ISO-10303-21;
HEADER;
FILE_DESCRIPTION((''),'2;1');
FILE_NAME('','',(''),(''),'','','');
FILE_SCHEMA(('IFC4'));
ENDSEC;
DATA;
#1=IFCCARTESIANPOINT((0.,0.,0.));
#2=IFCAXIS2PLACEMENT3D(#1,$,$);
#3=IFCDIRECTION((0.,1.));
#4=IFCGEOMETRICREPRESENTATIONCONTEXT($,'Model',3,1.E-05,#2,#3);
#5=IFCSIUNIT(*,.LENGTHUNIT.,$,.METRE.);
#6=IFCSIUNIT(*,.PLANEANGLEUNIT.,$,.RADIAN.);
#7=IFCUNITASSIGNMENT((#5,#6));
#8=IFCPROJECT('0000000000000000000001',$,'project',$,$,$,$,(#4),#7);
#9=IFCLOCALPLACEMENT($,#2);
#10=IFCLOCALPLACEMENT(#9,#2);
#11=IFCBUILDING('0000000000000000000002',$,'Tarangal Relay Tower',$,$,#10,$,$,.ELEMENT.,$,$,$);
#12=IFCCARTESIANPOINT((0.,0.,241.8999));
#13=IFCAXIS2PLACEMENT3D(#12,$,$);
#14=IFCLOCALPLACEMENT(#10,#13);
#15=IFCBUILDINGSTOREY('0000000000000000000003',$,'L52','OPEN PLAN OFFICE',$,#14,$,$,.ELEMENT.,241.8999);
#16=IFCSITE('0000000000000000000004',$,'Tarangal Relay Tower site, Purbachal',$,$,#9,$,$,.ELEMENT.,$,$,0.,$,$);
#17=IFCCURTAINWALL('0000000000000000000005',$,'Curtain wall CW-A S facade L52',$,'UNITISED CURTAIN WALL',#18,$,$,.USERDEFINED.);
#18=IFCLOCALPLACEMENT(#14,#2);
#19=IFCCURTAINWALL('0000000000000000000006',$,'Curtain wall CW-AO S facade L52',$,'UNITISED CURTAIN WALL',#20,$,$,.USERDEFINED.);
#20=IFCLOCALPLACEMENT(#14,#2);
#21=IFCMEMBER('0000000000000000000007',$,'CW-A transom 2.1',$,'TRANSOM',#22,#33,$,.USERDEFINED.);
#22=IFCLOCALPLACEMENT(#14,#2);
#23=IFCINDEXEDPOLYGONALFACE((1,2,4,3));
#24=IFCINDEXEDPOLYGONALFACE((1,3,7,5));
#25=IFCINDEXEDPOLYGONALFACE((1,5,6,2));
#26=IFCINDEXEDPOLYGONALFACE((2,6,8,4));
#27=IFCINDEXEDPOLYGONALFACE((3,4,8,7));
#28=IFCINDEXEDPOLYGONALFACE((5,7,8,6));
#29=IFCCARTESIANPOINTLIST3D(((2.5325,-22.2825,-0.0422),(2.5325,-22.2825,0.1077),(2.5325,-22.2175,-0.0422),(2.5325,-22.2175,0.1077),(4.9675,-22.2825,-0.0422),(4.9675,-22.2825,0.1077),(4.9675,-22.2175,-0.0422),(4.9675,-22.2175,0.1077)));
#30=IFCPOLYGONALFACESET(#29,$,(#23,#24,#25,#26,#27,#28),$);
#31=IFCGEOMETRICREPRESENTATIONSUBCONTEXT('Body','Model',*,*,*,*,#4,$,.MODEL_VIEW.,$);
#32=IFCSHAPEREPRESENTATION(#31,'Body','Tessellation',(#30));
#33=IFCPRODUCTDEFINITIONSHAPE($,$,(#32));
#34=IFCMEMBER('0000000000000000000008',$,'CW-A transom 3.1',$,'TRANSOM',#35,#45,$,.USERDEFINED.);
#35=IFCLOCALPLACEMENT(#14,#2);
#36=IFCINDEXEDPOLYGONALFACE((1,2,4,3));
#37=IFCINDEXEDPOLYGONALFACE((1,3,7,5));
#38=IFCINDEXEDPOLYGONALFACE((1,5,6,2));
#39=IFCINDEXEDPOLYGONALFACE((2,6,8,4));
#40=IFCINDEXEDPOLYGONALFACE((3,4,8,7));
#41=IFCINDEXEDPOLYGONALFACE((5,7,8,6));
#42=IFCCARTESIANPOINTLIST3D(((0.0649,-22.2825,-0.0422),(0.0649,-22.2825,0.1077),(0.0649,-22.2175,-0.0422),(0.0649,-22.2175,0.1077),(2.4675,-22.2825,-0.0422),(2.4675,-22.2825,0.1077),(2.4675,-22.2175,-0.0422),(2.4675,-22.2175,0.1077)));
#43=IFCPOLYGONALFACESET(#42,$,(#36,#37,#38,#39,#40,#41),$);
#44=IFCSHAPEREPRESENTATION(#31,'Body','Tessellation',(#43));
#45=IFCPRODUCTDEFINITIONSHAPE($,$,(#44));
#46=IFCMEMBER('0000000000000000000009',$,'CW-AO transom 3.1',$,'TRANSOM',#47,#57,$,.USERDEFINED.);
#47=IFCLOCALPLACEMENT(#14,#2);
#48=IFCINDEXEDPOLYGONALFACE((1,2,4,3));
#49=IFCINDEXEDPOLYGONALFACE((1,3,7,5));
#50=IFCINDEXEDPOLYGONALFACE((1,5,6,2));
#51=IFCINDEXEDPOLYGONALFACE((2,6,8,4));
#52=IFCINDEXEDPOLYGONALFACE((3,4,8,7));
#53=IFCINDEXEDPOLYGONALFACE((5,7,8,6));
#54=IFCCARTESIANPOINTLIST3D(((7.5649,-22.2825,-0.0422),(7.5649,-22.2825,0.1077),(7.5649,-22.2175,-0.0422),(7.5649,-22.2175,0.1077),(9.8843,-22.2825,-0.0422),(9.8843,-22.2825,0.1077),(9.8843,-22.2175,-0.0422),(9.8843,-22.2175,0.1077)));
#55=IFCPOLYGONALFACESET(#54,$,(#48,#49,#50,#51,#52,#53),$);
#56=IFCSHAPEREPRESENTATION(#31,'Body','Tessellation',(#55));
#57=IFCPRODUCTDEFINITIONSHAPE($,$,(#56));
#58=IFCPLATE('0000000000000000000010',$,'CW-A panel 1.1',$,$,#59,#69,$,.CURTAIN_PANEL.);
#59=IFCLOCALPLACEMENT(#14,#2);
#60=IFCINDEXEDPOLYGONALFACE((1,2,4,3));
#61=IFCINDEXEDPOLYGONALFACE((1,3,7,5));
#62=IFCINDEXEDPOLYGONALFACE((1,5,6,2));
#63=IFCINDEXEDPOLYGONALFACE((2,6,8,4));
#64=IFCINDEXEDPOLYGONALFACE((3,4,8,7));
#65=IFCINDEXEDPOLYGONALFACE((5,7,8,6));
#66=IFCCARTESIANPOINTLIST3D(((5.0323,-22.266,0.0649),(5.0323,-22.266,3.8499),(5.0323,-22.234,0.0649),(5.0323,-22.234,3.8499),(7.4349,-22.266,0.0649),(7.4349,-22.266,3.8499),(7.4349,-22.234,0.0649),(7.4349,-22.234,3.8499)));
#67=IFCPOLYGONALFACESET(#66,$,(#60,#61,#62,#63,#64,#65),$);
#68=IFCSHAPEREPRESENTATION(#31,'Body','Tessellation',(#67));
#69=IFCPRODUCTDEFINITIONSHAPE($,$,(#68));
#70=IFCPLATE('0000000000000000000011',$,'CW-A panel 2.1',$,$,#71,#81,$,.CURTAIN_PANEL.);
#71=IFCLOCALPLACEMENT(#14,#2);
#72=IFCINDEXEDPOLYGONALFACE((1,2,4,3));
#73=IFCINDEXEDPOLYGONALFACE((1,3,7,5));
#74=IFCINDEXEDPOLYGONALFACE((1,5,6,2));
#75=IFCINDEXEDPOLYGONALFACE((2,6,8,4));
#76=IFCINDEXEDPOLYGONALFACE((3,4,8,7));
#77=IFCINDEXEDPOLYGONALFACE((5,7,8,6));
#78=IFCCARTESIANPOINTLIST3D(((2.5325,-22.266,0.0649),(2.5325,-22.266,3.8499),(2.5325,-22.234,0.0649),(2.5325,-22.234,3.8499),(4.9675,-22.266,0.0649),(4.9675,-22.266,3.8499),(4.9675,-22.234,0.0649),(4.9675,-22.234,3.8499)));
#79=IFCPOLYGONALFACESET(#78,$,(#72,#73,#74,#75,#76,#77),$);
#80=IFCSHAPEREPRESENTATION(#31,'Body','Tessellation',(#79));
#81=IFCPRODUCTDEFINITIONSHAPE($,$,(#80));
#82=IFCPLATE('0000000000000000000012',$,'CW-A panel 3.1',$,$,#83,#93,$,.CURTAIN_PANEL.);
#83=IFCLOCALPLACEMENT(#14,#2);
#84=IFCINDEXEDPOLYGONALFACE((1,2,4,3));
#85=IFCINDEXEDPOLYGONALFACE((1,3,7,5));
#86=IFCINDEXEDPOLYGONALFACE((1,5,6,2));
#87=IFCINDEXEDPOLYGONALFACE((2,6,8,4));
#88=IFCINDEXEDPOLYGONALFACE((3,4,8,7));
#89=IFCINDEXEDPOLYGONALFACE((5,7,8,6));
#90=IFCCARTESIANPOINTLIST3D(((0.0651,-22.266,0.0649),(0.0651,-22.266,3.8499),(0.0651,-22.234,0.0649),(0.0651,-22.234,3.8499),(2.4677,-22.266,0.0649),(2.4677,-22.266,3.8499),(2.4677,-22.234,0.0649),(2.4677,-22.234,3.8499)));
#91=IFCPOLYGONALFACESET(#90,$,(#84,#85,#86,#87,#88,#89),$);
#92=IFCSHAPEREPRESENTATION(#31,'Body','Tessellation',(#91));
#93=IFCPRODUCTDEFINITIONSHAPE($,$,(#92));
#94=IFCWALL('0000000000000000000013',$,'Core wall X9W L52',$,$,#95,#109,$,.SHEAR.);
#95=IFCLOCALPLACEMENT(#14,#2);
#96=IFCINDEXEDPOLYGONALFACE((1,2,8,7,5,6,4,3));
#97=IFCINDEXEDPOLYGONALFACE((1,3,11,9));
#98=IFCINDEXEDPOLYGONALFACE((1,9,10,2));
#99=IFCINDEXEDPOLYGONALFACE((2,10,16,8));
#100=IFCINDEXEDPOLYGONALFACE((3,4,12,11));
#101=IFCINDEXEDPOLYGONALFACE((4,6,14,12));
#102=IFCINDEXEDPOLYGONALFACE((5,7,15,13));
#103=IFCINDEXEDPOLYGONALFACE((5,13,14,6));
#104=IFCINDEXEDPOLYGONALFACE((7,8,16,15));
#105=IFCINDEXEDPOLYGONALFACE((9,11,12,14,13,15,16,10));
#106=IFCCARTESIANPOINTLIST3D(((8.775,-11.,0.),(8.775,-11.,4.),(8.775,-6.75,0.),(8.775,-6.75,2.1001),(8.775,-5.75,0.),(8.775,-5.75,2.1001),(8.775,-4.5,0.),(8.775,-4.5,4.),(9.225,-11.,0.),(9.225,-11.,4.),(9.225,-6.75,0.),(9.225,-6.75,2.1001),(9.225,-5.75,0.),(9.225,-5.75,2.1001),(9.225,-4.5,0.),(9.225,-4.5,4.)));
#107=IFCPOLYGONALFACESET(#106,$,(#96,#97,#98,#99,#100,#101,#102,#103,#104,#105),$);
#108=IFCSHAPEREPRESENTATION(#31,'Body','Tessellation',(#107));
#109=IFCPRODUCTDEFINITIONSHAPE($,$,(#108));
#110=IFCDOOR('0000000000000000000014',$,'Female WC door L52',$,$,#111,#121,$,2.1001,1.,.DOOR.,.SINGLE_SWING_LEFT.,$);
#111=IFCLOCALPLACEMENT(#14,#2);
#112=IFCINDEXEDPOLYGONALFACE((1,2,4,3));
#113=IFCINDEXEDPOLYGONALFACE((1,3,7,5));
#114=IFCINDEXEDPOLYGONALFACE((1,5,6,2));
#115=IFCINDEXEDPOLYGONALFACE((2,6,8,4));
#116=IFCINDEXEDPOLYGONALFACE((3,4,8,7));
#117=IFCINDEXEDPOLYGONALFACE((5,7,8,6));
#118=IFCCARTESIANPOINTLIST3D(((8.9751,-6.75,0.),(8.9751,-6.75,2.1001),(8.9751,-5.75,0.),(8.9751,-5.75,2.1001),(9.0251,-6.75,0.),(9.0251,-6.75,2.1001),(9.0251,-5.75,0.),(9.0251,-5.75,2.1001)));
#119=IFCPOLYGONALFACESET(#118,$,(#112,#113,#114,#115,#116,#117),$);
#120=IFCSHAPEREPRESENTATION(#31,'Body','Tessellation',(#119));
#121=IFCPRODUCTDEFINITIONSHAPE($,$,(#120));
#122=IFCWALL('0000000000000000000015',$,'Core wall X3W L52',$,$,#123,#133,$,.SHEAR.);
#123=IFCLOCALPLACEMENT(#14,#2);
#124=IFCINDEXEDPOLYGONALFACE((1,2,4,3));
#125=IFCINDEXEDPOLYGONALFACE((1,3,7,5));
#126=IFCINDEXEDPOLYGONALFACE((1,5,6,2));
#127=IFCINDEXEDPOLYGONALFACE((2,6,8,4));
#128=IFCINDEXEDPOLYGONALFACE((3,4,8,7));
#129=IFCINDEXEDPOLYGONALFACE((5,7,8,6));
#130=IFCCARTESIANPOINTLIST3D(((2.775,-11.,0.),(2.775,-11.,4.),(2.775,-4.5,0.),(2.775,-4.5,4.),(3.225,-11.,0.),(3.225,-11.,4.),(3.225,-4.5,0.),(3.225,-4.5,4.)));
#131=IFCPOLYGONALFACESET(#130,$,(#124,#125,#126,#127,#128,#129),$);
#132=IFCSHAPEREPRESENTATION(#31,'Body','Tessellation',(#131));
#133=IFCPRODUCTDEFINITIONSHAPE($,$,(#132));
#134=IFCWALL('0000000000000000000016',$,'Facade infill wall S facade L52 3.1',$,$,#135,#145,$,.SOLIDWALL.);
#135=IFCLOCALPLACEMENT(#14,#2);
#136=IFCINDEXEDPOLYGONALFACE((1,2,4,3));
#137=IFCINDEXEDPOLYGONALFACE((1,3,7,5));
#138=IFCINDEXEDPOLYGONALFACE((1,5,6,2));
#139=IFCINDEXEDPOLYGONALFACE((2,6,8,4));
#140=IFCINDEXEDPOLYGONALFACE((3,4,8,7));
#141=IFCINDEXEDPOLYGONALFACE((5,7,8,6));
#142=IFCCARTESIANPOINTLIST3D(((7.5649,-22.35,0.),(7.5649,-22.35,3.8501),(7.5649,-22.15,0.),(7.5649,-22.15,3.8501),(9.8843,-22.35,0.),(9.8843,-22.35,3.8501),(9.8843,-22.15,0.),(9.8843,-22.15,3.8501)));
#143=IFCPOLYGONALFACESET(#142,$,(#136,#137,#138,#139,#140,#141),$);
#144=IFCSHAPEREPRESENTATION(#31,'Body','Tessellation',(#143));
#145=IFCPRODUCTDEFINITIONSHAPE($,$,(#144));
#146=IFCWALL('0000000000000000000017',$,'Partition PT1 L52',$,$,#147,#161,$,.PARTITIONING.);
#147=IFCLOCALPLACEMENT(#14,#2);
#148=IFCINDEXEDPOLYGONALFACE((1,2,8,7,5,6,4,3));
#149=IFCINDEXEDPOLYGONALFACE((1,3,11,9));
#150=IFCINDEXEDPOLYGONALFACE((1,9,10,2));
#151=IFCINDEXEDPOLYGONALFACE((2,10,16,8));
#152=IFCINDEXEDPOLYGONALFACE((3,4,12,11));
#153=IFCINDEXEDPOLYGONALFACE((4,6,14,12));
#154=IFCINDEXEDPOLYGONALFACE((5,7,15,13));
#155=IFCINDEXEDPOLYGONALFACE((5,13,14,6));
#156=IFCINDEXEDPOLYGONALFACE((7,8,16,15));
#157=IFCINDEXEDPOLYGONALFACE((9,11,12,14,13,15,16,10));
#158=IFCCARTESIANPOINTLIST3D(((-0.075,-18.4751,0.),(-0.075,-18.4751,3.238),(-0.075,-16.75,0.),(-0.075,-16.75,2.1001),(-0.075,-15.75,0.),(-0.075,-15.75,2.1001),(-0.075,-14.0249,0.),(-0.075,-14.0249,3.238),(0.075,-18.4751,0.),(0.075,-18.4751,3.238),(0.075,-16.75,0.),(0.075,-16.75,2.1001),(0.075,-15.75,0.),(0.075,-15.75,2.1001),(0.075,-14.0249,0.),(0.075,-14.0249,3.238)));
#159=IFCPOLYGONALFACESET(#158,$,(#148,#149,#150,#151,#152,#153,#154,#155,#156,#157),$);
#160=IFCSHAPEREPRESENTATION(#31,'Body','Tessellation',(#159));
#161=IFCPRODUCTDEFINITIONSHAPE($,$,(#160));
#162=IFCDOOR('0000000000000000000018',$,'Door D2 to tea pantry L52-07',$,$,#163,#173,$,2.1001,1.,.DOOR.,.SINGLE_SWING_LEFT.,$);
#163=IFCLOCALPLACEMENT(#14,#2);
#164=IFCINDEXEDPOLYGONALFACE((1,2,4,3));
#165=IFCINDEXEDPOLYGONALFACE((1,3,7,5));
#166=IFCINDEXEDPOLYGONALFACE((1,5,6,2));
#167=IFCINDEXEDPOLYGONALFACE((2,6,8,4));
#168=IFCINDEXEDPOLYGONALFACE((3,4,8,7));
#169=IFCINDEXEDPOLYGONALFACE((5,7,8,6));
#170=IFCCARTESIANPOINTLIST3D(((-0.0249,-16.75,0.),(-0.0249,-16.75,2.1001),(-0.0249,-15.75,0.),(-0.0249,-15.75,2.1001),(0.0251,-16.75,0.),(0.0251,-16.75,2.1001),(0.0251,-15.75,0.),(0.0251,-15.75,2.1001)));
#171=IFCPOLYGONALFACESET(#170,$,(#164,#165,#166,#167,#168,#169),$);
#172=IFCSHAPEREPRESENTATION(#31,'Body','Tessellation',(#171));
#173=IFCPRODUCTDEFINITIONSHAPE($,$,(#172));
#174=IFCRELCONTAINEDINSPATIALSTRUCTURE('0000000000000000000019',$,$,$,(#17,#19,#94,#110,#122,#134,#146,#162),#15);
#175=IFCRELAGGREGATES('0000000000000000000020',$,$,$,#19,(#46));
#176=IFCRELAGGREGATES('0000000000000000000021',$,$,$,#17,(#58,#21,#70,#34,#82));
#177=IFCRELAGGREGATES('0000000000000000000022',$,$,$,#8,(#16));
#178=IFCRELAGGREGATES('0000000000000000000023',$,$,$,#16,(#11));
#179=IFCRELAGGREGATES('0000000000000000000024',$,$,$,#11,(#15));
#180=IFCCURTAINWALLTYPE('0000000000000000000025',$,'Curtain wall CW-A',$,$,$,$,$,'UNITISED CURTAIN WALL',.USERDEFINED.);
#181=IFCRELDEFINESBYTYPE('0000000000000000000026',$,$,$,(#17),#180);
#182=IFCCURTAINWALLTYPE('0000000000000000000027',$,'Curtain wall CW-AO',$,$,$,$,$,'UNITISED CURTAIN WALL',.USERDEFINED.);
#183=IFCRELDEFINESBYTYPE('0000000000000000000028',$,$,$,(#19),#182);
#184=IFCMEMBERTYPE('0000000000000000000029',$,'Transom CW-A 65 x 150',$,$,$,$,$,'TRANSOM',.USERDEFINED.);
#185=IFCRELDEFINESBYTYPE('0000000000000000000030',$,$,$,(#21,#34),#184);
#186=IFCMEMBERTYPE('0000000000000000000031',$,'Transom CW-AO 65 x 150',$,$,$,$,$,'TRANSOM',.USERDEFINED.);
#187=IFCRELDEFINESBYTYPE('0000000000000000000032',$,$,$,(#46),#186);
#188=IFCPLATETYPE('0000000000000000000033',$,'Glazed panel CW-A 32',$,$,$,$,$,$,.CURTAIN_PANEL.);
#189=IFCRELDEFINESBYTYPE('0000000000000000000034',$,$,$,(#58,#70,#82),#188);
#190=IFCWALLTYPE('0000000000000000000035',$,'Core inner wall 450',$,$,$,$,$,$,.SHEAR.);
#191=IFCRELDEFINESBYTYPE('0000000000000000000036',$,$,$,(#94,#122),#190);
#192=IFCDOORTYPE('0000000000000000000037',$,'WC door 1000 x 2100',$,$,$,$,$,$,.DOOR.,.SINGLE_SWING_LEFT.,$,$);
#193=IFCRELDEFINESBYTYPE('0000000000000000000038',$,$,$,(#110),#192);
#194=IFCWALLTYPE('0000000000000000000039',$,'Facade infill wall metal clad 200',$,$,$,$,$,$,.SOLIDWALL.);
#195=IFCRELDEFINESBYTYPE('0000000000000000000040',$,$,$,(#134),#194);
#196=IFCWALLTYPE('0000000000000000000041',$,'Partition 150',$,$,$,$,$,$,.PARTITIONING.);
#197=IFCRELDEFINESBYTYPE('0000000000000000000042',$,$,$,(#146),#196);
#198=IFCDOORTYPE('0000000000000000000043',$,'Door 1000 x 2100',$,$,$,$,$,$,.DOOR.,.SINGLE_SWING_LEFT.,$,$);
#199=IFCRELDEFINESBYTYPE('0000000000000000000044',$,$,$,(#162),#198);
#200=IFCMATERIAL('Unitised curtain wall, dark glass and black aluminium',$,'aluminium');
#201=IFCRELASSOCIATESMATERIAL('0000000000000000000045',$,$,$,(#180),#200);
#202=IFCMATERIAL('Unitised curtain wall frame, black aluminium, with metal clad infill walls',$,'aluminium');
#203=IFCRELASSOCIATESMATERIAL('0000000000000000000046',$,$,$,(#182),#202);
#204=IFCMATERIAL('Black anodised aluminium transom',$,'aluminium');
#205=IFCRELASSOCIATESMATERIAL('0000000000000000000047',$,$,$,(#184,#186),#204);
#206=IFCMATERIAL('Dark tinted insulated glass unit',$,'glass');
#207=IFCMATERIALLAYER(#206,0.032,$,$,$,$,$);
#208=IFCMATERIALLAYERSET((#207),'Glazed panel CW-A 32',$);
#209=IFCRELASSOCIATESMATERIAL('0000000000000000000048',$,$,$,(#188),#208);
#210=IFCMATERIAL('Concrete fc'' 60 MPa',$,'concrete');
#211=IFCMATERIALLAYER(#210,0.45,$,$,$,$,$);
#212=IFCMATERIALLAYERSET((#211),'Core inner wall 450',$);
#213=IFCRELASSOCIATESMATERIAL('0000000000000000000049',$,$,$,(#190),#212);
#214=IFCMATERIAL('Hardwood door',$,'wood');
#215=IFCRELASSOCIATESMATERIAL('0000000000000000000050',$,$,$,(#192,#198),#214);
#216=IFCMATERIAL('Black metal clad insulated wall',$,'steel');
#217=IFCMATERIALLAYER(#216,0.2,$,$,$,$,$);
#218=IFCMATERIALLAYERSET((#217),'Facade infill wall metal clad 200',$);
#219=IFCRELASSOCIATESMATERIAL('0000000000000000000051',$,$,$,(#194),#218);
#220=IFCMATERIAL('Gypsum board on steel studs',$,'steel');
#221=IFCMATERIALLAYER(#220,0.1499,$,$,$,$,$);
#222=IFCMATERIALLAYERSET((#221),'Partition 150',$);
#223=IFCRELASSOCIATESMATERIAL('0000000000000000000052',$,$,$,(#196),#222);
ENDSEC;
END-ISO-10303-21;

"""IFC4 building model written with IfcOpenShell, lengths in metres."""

from ifc_helpers import new_model, si_unit, direction, frame, frame_2d, origin, origin_2d, place, context, subcontext, project, spatial, rectangle, extrude, material, layer, layer_set, material_profile, profile_set, type_object, element, fill, aggregate, save


model = new_model("IFC4")

# Units and contexts
model_context = context("Model", 3, precision=1e-05, world=origin(), true_north=direction((0.0, 1.0)))
body_context = subcontext(model_context, "Body", "Model", "MODEL_VIEW")
ifc_project = project(units=[si_unit("LENGTHUNIT", "METRE"), si_unit("PLANEANGLEUNIT", "RADIAN")], contexts=[model_context])

# Site, building, storey
site_placement = place(None, origin())
site = spatial("IfcSite", under=ifc_project, at=site_placement, Name="Tarangal Relay Tower site, Purbachal", CompositionType="ELEMENT", RefElevation=0.0)
building_placement = place(site_placement, origin())
building = spatial("IfcBuilding", under=site, at=building_placement, Name="Tarangal Relay Tower", CompositionType="ELEMENT")
storey_placement = place(building_placement, frame((0.0, 0.0, 241.8999)))
storey = spatial("IfcBuildingStorey", under=building, at=storey_placement, Name="L52", Description="OPEN PLAN OFFICE", CompositionType="ELEMENT", Elevation=241.8999)

# Curtain walls
ifc_material_1 = material(Name="Unitised curtain wall, dark glass and black aluminium", Category="aluminium")
curtain_wall_type_1 = type_object("IfcCurtainWallType", Name="Curtain wall CW-A", ElementType="UNITISED CURTAIN WALL", PredefinedType="USERDEFINED", material=ifc_material_1)
curtain_wall_1_placement = place(storey_placement, origin())
curtain_wall_1 = element("IfcCurtainWall", 1, at=curtain_wall_1_placement, inside=storey, type_object=curtain_wall_type_1, Name="Curtain wall CW-A S facade L52", ObjectType="UNITISED CURTAIN WALL", PredefinedType="USERDEFINED")
ifc_material_2 = material(Name="Unitised curtain wall frame, black aluminium, with metal clad infill walls", Category="aluminium")
curtain_wall_type_2 = type_object("IfcCurtainWallType", Name="Curtain wall CW-AO", ElementType="UNITISED CURTAIN WALL", PredefinedType="USERDEFINED", material=ifc_material_2)
curtain_wall_2_placement = place(storey_placement, origin())
curtain_wall_2 = element("IfcCurtainWall", 2, at=curtain_wall_2_placement, inside=storey, type_object=curtain_wall_type_2, Name="Curtain wall CW-AO S facade L52", ObjectType="UNITISED CURTAIN WALL", PredefinedType="USERDEFINED")

# Members
ifc_material_3 = material(Name="Black anodised aluminium transom", Category="aluminium")
ifc_material_profile_1 = material_profile(ifc_material_3, rectangle(XDim=0.0649, YDim=0.1499, at=origin_2d()), Name="CW-AT 65X150")
ifc_profile_set_1 = profile_set([ifc_material_profile_1], Name="Black anodised aluminium transom")
member_type_1 = type_object("IfcMemberType", Name="Transom CW-A 65 x 150", ElementType="TRANSOM", PredefinedType="USERDEFINED", material=ifc_profile_set_1)
member_1_placement = place(storey_placement, frame((4.9675, -22.25, 0.0327), z_axis=(-1.0, 0.0, 0.0), x_axis=(0.0, -1.0, 0.0)))
member_1 = element("IfcMember", 3, at=member_1_placement, type_object=member_type_1, Name="CW-A transom 2.1", ObjectType="TRANSOM", PredefinedType="USERDEFINED", context=body_context, shape_type="SweptSolid", body=[
    extrude(rectangle(XDim=0.0649, YDim=0.1499, at=origin_2d()), origin(), (0.0, 0.0, 1.0), 2.4351),
])
member_2_placement = place(storey_placement, frame((2.4675, -22.25, 0.0327), z_axis=(-1.0, 0.0, 0.0), x_axis=(0.0, -1.0, 0.0)))
member_2 = element("IfcMember", 4, at=member_2_placement, type_object=member_type_1, Name="CW-A transom 3.1", ObjectType="TRANSOM", PredefinedType="USERDEFINED", context=body_context, shape_type="SweptSolid", body=[
    extrude(rectangle(XDim=0.0649, YDim=0.1499, at=origin_2d()), origin(), (0.0, 0.0, 1.0), 2.4026),
])
ifc_material_profile_2 = material_profile(ifc_material_3, rectangle(XDim=0.0649, YDim=0.1499, at=origin_2d()), Name="CW-AOT 65X150")
ifc_profile_set_2 = profile_set([ifc_material_profile_2], Name="Black anodised aluminium transom")
member_type_2 = type_object("IfcMemberType", Name="Transom CW-AO 65 x 150", ElementType="TRANSOM", PredefinedType="USERDEFINED", material=ifc_profile_set_2)
member_3_placement = place(storey_placement, frame((9.8843, -22.25, 0.0327), z_axis=(-1.0, 0.0, 0.0), x_axis=(0.0, -1.0, 0.0)))
member_3 = element("IfcMember", 5, at=member_3_placement, type_object=member_type_2, Name="CW-AO transom 3.1", ObjectType="TRANSOM", PredefinedType="USERDEFINED", context=body_context, shape_type="SweptSolid", body=[
    extrude(rectangle(XDim=0.0649, YDim=0.1499, at=origin_2d()), origin(), (0.0, 0.0, 1.0), 2.3193),
])
aggregate(curtain_wall_2, [member_3])

# Plates
ifc_material_4 = material(Name="Dark tinted insulated glass unit", Category="glass")
ifc_layer_1 = layer(ifc_material_4, 0.032)
ifc_layer_set_1 = layer_set([ifc_layer_1], Name="Glazed panel CW-A 32")
plate_type = type_object("IfcPlateType", Name="Glazed panel CW-A 32", PredefinedType="CURTAIN_PANEL", material=ifc_layer_set_1)
plate_1_placement = place(storey_placement, frame((6.2336, -22.25, 0.0649), z_axis=(0.0, 0.0, 1.0), x_axis=(-1.0, 0.0, 0.0)))
plate_1 = element("IfcPlate", 6, at=plate_1_placement, type_object=plate_type, Name="CW-A panel 1.1", PredefinedType="CURTAIN_PANEL", context=body_context, shape_type="SweptSolid", body=[
    extrude(rectangle(XDim=2.4026, YDim=0.032, at=origin_2d()), origin(), (0.0, 0.0, 1.0), 3.7849),
])
plate_2_placement = place(storey_placement, frame((3.75, -22.25, 0.0649), z_axis=(0.0, 0.0, 1.0), x_axis=(-1.0, 0.0, 0.0)))
plate_2 = element("IfcPlate", 7, at=plate_2_placement, type_object=plate_type, Name="CW-A panel 2.1", PredefinedType="CURTAIN_PANEL", context=body_context, shape_type="SweptSolid", body=[
    extrude(rectangle(XDim=2.4351, YDim=0.032, at=origin_2d()), origin(), (0.0, 0.0, 1.0), 3.7849),
])
plate_3_placement = place(storey_placement, frame((1.2664, -22.25, 0.0649), z_axis=(0.0, 0.0, 1.0), x_axis=(-1.0, 0.0, 0.0)))
plate_3 = element("IfcPlate", 8, at=plate_3_placement, type_object=plate_type, Name="CW-A panel 3.1", PredefinedType="CURTAIN_PANEL", context=body_context, shape_type="SweptSolid", body=[
    extrude(rectangle(XDim=2.4026, YDim=0.032, at=origin_2d()), origin(), (0.0, 0.0, 1.0), 3.7849),
])
aggregate(curtain_wall_1, [plate_1, member_1, plate_2, member_2, plate_3])

# Wall, opening, door
ifc_material_5 = material(Name="Concrete fc' 60 MPa", Category="concrete")
ifc_layer_2 = layer(ifc_material_5, 0.45)
ifc_layer_set_2 = layer_set([ifc_layer_2], Name="Core inner wall 450")
wall_type_1 = type_object("IfcWallType", Name="Core inner wall 450", PredefinedType="SHEAR", material=ifc_layer_set_2)
wall_1_placement = place(storey_placement, frame((9.0, -11.0, 0.0), z_axis=(0.0, 0.0, 1.0), x_axis=(0.0, 1.0, 0.0)))
wall_1 = element("IfcWall", 9, at=wall_1_placement, inside=storey, type_object=wall_type_1, Name="Core wall X9W L52", PredefinedType="SHEAR", context=body_context, shape_type="SweptSolid", body=[
    extrude(rectangle(XDim=6.5, YDim=0.45, at=frame_2d((3.25, 0.0))), origin(), (0.0, 0.0, 1.0), 4.0),
])
opening_1_placement = place(wall_1_placement, frame((4.25, 0.0, 0.0)))
opening_1 = element("IfcOpeningElement", 10, at=opening_1_placement, cuts=wall_1, PredefinedType="OPENING", context=body_context, shape_type="SweptSolid", body=[
    extrude(rectangle(XDim=1.0, YDim=2.1001, at=frame_2d((0.5, 1.05))), frame((0.0, 0.2349, 0.0), z_axis=(0.0, -1.0, 0.0), x_axis=(1.0, 0.0, 0.0)), (0.0, 0.0, 1.0), 0.47),
])
ifc_material_6 = material(Name="Hardwood door", Category="wood")
door_type_1 = type_object("IfcDoorType", Name="WC door 1000 x 2100", OperationType="SINGLE_SWING_LEFT", PredefinedType="DOOR", material=ifc_material_6)
door_1_placement = place(opening_1_placement, origin())
door_1 = element("IfcDoor", 11, at=door_1_placement, inside=storey, type_object=door_type_1, Name="Female WC door L52", OperationType="SINGLE_SWING_LEFT", OverallHeight=2.1001, OverallWidth=1.0, PredefinedType="DOOR", context=body_context, shape_type="SweptSolid", body=[
    extrude(rectangle(XDim=1.0, YDim=2.1001, at=frame_2d((0.5, 1.05))), frame((0.0, 0.0249, 0.0), z_axis=(0.0, -1.0, 0.0), x_axis=(1.0, 0.0, 0.0)), (0.0, 0.0, 1.0), 0.05),
])
fill(opening_1, door_1)

# Walls
wall_2_placement = place(storey_placement, frame((3.0, -11.0, 0.0), z_axis=(0.0, 0.0, 1.0), x_axis=(0.0, 1.0, 0.0)))
element("IfcWall", 12, at=wall_2_placement, inside=storey, type_object=wall_type_1, Name="Core wall X3W L52", PredefinedType="SHEAR", context=body_context, shape_type="SweptSolid", body=[
    extrude(rectangle(XDim=6.5, YDim=0.45, at=frame_2d((3.25, 0.0))), origin(), (0.0, 0.0, 1.0), 4.0),
])
ifc_material_7 = material(Name="Black metal clad insulated wall", Category="steel")
ifc_layer_3 = layer(ifc_material_7, 0.2)
ifc_layer_set_3 = layer_set([ifc_layer_3], Name="Facade infill wall metal clad 200")
wall_type_2 = type_object("IfcWallType", Name="Facade infill wall metal clad 200", PredefinedType="SOLIDWALL", material=ifc_layer_set_3)
wall_3_placement = place(storey_placement, frame((9.8843, -22.25, 0.0), z_axis=(0.0, 0.0, 1.0), x_axis=(-1.0, 0.0, 0.0)))
element("IfcWall", 13, at=wall_3_placement, inside=storey, type_object=wall_type_2, Name="Facade infill wall S facade L52 3.1", PredefinedType="SOLIDWALL", context=body_context, shape_type="SweptSolid", body=[
    extrude(rectangle(XDim=2.3193, YDim=0.2, at=frame_2d((1.1597, 0.0))), origin(), (0.0, 0.0, 1.0), 3.8501),
])

# Wall, opening, door
ifc_material_8 = material(Name="Gypsum board on steel studs", Category="steel")
ifc_layer_4 = layer(ifc_material_8, 0.1499)
ifc_layer_set_4 = layer_set([ifc_layer_4], Name="Partition 150")
wall_type_3 = type_object("IfcWallType", Name="Partition 150", PredefinedType="PARTITIONING", material=ifc_layer_set_4)
wall_4_placement = place(storey_placement, frame((0.0, -18.4751, 0.0), z_axis=(0.0, 0.0, 1.0), x_axis=(0.0, 1.0, 0.0)))
wall_4 = element("IfcWall", 14, at=wall_4_placement, inside=storey, type_object=wall_type_3, Name="Partition PT1 L52", PredefinedType="PARTITIONING", context=body_context, shape_type="SweptSolid", body=[
    extrude(rectangle(XDim=4.4502, YDim=0.1499, at=frame_2d((2.2251, 0.0))), origin(), (0.0, 0.0, 1.0), 3.238),
])
opening_2_placement = place(wall_4_placement, frame((1.7251, 0.0, 0.0)))
opening_2 = element("IfcOpeningElement", 15, at=opening_2_placement, cuts=wall_4, PredefinedType="OPENING", context=body_context, shape_type="SweptSolid", body=[
    extrude(rectangle(XDim=1.0, YDim=2.1001, at=frame_2d((0.5, 1.05))), frame((0.0, 0.085, 0.0), z_axis=(0.0, -1.0, 0.0), x_axis=(1.0, 0.0, 0.0)), (0.0, 0.0, 1.0), 0.1699),
])
door_type_2 = type_object("IfcDoorType", Name="Door 1000 x 2100", OperationType="SINGLE_SWING_LEFT", PredefinedType="DOOR", material=ifc_material_6)
door_2_placement = place(opening_2_placement, origin())
door_2 = element("IfcDoor", 16, at=door_2_placement, inside=storey, type_object=door_type_2, Name="Door D2 to tea pantry L52-07", OperationType="SINGLE_SWING_LEFT", OverallHeight=2.1001, OverallWidth=1.0, PredefinedType="DOOR", context=body_context, shape_type="SweptSolid", body=[
    extrude(rectangle(XDim=1.0, YDim=2.1001, at=frame_2d((0.5, 1.05))), frame((0.0, 0.0249, 0.0), z_axis=(0.0, -1.0, 0.0), x_axis=(1.0, 0.0, 0.0)), (0.0, 0.0, 1.0), 0.05),
])
fill(opening_2, door_2)

save(model, "model.ifc")
